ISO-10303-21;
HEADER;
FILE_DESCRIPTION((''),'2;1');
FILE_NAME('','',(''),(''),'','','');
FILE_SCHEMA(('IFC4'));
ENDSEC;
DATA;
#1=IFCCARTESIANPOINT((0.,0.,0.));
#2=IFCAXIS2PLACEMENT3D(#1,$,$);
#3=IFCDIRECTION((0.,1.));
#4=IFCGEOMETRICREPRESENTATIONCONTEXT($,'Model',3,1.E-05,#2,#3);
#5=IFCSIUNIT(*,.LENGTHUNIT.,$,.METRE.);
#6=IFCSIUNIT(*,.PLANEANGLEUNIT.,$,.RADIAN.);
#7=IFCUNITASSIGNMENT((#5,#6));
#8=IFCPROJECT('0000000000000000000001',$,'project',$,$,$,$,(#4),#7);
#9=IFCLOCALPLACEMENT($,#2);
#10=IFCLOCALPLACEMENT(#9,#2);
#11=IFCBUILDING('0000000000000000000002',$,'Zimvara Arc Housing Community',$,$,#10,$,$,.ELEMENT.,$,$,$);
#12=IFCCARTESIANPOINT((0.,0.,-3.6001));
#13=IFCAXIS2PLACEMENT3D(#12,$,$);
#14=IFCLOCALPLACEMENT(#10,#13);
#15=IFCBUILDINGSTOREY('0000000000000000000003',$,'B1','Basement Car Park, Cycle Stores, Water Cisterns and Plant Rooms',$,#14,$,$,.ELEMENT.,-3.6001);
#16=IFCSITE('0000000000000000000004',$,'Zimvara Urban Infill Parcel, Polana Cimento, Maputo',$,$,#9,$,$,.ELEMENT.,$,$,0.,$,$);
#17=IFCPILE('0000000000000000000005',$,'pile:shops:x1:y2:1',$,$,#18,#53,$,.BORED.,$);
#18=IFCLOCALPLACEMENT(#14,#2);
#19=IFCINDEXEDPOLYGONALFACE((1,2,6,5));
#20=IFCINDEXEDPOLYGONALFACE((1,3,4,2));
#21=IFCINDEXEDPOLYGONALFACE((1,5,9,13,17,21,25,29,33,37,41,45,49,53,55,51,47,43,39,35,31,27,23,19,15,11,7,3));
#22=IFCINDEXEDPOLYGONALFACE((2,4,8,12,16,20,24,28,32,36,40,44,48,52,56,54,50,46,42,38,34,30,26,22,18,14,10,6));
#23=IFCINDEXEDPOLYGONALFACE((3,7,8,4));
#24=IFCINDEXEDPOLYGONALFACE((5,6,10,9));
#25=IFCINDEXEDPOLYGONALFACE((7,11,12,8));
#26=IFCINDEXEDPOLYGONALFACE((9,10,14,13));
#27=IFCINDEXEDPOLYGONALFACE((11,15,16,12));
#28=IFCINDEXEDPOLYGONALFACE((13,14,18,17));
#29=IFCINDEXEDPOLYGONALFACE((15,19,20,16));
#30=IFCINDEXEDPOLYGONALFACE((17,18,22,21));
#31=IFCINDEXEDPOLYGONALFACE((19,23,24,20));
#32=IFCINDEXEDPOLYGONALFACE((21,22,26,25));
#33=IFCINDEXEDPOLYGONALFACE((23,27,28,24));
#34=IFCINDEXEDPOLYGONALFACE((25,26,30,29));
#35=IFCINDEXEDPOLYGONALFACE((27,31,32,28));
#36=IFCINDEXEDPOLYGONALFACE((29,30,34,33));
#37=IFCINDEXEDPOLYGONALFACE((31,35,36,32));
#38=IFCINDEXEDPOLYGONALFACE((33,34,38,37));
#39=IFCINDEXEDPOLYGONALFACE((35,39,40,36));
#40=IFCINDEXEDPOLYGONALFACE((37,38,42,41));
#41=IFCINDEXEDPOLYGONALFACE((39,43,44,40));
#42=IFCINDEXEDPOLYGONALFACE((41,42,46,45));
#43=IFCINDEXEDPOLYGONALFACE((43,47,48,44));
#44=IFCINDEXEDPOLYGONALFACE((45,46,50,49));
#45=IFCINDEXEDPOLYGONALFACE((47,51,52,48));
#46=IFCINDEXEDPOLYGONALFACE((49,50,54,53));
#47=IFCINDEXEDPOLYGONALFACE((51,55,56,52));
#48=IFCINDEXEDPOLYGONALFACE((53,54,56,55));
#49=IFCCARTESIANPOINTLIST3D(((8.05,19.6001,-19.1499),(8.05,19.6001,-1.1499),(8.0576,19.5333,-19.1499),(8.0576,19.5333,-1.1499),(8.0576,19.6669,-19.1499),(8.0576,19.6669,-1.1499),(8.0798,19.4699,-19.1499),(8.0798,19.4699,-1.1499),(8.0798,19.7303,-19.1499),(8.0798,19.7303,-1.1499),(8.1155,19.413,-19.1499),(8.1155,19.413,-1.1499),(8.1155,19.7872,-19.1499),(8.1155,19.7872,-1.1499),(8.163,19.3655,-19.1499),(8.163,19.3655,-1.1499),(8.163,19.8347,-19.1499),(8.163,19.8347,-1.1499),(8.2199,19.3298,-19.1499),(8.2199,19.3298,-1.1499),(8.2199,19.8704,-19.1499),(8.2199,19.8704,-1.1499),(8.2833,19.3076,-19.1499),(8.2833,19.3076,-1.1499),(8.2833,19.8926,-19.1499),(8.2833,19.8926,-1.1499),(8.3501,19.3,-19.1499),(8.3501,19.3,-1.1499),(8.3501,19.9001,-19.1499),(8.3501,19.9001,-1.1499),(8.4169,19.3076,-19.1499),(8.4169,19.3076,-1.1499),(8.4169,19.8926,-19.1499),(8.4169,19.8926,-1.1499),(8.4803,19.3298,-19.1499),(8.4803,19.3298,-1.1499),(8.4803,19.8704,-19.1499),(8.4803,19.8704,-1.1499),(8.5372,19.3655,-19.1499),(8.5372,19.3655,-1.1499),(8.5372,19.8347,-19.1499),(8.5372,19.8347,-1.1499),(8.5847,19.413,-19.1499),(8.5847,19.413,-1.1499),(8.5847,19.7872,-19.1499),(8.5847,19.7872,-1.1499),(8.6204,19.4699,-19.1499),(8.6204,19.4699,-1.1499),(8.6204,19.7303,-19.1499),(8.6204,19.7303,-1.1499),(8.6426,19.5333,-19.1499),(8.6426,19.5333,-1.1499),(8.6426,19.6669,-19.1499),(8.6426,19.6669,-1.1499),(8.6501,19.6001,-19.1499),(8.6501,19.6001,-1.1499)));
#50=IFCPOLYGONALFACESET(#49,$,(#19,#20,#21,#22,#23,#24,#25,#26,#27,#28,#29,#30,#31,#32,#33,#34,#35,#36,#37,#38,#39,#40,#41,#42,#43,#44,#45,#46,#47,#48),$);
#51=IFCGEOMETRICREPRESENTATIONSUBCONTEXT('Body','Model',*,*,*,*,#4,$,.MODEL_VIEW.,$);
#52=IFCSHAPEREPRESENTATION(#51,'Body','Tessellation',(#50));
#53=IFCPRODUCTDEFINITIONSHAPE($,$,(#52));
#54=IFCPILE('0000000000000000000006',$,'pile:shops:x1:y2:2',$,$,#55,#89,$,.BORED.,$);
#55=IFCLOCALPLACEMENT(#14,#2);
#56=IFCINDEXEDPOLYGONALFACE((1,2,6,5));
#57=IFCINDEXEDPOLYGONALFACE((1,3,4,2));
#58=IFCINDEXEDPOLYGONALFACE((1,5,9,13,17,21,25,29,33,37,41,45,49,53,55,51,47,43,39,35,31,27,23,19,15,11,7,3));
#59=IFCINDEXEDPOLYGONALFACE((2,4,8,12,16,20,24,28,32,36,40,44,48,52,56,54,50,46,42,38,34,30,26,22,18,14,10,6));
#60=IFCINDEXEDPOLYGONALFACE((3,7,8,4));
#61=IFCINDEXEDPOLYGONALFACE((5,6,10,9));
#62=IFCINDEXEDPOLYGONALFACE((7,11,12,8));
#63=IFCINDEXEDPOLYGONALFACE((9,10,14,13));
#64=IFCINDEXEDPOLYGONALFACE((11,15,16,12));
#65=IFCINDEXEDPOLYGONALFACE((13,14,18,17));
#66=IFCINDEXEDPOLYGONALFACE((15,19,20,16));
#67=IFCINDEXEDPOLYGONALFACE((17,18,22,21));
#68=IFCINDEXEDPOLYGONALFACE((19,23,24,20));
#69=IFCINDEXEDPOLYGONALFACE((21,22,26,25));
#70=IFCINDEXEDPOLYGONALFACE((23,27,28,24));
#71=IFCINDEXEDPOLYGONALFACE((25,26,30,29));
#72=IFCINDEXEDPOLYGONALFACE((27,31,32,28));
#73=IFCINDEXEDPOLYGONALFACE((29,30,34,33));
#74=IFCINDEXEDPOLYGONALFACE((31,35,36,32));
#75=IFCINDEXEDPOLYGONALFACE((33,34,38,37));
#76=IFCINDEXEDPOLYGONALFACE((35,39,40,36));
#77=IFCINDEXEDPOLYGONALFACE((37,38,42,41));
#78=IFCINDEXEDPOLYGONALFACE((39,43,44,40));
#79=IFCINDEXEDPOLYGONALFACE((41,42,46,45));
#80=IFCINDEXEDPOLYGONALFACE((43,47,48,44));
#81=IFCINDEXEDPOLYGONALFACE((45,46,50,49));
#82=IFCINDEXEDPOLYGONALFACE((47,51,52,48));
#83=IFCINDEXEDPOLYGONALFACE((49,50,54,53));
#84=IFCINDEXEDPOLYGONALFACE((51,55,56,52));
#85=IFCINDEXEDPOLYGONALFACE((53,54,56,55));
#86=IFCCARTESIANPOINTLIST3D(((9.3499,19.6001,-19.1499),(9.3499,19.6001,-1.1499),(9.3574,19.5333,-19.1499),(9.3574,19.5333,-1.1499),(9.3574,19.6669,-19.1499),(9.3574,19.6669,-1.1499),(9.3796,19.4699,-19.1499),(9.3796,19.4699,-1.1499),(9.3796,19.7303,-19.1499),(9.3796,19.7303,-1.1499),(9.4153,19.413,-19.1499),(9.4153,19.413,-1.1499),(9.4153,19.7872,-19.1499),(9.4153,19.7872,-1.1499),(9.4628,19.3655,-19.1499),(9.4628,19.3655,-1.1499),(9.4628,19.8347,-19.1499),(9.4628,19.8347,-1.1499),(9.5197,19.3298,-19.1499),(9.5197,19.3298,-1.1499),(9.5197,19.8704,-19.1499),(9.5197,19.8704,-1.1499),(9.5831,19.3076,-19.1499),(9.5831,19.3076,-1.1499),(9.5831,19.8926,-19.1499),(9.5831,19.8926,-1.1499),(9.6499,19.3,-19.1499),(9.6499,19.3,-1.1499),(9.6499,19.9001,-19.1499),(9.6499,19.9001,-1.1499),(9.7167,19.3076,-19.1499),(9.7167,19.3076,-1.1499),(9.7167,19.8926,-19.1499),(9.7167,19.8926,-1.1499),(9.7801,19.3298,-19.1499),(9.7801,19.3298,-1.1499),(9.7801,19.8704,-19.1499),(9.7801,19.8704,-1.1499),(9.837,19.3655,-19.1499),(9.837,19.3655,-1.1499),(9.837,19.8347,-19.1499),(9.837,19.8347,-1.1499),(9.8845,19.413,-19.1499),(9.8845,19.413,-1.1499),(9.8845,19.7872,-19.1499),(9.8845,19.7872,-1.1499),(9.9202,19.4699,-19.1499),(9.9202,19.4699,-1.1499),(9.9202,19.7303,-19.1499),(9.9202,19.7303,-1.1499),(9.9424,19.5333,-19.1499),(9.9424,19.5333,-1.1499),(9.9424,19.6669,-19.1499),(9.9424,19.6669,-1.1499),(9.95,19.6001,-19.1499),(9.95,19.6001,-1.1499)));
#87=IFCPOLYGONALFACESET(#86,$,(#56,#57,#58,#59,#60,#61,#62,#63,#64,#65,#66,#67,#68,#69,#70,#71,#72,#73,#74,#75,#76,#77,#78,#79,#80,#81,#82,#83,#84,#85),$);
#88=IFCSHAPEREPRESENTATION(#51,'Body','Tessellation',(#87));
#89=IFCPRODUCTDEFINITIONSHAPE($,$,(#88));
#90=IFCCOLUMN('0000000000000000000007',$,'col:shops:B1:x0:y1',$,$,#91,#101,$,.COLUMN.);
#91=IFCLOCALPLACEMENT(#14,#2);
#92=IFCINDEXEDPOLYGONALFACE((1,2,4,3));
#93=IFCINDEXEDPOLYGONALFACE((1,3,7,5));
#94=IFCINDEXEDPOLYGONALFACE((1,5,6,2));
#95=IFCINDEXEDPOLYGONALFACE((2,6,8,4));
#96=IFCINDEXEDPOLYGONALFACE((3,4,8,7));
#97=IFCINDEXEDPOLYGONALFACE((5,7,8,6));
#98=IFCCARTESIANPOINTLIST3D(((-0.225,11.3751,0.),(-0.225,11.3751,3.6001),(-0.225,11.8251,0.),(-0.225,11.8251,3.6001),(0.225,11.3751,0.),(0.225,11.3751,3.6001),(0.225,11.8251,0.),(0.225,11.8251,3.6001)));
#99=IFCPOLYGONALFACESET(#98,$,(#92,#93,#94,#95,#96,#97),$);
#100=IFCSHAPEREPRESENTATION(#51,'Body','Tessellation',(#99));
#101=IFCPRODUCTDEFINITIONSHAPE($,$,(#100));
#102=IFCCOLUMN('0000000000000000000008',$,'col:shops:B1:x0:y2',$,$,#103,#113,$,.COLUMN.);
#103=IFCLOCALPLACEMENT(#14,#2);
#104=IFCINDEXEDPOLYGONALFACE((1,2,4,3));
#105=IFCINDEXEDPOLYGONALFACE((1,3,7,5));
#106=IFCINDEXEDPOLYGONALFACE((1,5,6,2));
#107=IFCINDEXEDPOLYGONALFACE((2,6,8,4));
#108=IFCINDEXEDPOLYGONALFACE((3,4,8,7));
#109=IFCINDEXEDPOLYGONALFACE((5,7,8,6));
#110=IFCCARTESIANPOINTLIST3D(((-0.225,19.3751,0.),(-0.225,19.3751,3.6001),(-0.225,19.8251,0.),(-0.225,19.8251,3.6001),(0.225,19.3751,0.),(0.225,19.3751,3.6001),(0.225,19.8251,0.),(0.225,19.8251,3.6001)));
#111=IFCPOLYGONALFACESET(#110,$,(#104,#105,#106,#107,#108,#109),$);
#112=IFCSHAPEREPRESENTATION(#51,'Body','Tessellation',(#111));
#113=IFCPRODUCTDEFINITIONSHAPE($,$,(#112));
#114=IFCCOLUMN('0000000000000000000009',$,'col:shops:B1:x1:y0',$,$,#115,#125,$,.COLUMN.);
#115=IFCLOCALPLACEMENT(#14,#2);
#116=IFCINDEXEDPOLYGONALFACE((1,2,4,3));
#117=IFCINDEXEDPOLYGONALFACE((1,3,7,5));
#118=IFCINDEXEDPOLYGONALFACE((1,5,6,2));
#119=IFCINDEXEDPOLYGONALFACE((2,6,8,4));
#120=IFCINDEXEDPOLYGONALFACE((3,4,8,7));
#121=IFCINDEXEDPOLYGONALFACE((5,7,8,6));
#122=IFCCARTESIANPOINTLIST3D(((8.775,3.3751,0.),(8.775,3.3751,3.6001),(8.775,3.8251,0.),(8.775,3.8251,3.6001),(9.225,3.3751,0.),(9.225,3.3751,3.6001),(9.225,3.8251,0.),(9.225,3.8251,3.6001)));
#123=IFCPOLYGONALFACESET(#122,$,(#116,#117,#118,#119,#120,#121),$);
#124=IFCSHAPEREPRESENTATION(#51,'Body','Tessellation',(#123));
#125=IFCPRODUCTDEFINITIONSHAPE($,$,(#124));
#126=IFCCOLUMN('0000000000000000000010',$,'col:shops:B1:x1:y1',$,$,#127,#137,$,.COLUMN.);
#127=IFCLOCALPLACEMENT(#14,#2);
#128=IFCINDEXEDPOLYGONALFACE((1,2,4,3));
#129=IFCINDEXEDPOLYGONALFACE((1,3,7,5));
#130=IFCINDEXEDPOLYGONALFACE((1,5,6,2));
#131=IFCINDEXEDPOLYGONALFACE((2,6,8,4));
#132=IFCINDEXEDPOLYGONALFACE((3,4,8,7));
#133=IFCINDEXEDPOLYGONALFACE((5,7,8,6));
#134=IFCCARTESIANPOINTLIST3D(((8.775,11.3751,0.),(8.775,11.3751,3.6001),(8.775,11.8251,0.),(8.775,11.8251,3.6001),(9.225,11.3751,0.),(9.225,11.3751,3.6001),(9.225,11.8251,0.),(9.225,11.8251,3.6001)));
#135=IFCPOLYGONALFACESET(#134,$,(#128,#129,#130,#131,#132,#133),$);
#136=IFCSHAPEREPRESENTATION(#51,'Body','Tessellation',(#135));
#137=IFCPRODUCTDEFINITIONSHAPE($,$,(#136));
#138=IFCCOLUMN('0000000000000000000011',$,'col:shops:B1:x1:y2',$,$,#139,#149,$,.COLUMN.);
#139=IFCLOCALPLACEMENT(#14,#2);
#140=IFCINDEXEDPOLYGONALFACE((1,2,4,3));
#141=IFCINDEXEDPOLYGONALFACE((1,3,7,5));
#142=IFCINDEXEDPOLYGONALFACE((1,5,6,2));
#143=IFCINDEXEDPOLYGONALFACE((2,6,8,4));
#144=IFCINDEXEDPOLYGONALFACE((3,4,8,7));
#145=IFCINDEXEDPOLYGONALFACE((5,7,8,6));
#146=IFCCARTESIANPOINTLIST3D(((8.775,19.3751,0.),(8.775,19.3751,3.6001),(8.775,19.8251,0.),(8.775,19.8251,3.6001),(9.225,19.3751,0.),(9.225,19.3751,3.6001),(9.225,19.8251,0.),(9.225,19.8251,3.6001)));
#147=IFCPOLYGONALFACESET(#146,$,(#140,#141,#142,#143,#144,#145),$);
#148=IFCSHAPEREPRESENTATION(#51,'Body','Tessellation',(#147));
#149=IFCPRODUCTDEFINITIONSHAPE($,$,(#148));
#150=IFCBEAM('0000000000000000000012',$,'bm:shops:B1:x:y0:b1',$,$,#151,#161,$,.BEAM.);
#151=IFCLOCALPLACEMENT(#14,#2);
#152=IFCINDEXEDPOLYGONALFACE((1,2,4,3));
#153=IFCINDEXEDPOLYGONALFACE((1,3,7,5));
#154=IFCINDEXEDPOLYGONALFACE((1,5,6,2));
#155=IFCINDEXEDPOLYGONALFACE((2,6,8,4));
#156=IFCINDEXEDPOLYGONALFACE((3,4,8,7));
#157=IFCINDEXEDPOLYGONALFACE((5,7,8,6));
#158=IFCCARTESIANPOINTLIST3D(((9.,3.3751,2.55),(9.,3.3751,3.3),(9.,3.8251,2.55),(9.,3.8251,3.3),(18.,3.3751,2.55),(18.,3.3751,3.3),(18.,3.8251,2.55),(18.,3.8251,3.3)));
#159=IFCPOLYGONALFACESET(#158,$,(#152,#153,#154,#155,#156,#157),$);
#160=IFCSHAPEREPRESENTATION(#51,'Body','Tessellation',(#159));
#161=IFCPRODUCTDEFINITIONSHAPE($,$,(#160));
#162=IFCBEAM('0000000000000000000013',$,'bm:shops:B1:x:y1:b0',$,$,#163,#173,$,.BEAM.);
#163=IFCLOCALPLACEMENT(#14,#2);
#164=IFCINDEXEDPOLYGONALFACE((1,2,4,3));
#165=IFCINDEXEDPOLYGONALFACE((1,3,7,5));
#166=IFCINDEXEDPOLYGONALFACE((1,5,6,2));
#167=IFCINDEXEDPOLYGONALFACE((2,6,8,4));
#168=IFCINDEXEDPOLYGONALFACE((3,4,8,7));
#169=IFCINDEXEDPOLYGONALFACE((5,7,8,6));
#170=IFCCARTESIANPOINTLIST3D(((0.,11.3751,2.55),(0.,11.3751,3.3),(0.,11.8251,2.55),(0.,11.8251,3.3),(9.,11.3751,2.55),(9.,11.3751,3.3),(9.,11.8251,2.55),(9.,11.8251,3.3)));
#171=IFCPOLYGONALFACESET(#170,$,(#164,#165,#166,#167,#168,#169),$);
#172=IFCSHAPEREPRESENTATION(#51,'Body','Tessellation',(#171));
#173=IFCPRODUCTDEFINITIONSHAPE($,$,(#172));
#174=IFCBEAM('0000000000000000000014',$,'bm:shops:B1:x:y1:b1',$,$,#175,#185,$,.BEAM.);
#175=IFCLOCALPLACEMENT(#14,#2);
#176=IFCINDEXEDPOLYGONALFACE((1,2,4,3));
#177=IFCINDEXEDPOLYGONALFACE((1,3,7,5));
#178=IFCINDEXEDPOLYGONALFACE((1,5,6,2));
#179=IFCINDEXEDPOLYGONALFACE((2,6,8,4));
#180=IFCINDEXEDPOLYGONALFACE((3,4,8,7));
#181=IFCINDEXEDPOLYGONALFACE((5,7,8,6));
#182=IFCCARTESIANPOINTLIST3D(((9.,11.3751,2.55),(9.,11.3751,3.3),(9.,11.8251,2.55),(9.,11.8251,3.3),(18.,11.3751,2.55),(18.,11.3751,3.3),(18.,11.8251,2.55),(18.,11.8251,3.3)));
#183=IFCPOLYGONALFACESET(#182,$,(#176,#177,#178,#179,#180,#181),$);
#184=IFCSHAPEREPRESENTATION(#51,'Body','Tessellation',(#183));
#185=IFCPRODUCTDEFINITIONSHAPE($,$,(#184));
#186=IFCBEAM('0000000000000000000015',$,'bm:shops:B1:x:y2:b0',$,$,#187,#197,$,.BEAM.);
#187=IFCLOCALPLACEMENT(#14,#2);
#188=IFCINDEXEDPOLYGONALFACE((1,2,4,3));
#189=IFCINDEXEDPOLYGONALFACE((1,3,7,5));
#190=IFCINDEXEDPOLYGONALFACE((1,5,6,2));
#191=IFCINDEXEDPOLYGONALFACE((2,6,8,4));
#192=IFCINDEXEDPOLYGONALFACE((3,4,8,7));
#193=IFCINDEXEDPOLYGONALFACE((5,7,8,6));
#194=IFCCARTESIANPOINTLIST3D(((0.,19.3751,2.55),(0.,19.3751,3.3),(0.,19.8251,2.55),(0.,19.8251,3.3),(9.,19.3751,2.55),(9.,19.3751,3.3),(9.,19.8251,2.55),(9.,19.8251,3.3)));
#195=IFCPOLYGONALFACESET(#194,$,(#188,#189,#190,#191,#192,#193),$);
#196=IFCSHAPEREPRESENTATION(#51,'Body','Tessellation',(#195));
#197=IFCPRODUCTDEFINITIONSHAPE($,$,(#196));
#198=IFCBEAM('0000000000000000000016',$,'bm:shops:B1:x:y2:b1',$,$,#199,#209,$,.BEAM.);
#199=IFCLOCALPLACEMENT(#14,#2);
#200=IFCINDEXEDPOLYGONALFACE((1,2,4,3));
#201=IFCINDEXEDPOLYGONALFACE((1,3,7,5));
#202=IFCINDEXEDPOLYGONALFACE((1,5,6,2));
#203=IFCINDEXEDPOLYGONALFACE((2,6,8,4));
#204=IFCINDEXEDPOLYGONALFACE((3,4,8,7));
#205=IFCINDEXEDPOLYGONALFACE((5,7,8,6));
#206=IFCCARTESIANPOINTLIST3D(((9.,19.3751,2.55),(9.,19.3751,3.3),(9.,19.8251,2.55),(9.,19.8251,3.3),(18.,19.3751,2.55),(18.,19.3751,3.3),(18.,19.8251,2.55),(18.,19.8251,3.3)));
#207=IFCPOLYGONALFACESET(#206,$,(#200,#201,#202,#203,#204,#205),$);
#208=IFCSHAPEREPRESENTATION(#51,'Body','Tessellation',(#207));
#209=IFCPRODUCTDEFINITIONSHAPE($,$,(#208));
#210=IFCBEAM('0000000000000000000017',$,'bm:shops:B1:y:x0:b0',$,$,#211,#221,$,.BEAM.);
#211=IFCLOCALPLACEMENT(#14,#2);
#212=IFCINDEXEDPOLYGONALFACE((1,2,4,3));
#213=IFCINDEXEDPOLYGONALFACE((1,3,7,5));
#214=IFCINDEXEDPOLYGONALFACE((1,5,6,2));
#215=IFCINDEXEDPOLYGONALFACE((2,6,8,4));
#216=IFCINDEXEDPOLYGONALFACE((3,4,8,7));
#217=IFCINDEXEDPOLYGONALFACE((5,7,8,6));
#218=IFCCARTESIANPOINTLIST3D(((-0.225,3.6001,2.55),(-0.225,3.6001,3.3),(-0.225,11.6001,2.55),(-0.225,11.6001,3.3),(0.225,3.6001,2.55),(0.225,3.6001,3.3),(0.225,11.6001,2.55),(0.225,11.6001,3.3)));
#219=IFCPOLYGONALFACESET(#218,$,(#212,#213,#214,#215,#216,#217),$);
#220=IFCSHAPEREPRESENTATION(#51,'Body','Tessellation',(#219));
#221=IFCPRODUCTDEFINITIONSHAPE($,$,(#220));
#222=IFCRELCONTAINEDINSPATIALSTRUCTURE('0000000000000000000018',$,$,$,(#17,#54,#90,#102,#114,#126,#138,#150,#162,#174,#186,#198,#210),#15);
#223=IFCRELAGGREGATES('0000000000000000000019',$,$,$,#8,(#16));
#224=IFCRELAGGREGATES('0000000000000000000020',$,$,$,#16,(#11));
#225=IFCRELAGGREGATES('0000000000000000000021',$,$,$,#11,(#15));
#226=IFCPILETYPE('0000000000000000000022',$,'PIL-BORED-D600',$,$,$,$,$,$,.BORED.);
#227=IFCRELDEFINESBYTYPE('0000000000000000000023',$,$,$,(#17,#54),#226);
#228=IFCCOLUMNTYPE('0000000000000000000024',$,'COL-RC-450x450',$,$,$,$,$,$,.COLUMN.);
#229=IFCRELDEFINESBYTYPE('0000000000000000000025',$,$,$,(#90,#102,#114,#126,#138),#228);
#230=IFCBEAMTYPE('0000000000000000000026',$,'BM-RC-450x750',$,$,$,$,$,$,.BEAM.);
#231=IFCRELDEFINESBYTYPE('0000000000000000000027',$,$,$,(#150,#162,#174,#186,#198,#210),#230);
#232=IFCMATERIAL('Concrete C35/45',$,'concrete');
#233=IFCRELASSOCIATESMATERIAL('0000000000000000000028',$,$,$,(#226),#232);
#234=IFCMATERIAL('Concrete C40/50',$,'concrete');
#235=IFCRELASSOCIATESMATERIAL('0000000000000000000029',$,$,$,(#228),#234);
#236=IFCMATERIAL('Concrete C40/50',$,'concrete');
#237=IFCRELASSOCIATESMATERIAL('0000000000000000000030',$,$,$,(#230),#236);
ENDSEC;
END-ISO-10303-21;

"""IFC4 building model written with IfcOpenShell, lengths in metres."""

from ifc_helpers import new_model, si_unit, direction, frame, origin, origin_2d, place, context, subcontext, project, spatial, rectangle, circle, extrude, material, material_profile, profile_set, type_object, element, save


model = new_model("IFC4")

# Units and contexts
model_context = context("Model", 3, precision=1e-05, world=origin(), true_north=direction((0.0, 1.0)))
body_context = subcontext(model_context, "Body", "Model", "MODEL_VIEW")
ifc_project = project(units=[si_unit("LENGTHUNIT", "METRE"), si_unit("PLANEANGLEUNIT", "RADIAN")], contexts=[model_context])

# Site, building, storey
site_placement = place(None, origin())
site = spatial("IfcSite", under=ifc_project, at=site_placement, Name="Zimvara Urban Infill Parcel, Polana Cimento, Maputo", CompositionType="ELEMENT", RefElevation=0.0)
building_placement = place(site_placement, origin())
building = spatial("IfcBuilding", under=site, at=building_placement, Name="Zimvara Arc Housing Community", CompositionType="ELEMENT")
storey_placement = place(building_placement, frame((0.0, 0.0, -3.6001)))
storey = spatial("IfcBuildingStorey", under=building, at=storey_placement, Name="B1", Description="Basement Car Park, Cycle Stores, Water Cisterns and Plant Rooms", CompositionType="ELEMENT", Elevation=-3.6001)

# Piles
ifc_material_1 = material(Name="Concrete C35/45", Category="concrete")
ifc_material_profile_1 = material_profile(ifc_material_1, circle(Radius=0.3, at=origin_2d()), Name="PILE D600")
ifc_profile_set_1 = profile_set([ifc_material_profile_1], Name="Concrete C35/45")
pile_type = type_object("IfcPileType", Name="PIL-BORED-D600", PredefinedType="BORED", material=ifc_profile_set_1)
for number, where, z_axis, x_axis, name in (
    (1, (8.3501, 19.6001, -1.1499), (0.0, 0.0, -1.0), (1.0, 0.0, 0.0), "pile:shops:x1:y2:1"),
    (2, (9.6499, 19.6001, -1.1499), (0.0, 0.0, -1.0), (1.0, 0.0, 0.0), "pile:shops:x1:y2:2"),
):
    element("IfcPile", number, at=place(storey_placement, frame(where, z_axis=z_axis, x_axis=x_axis)), inside=storey, type_object=pile_type, Name=name, PredefinedType="BORED", context=body_context, shape_type="SweptSolid", body=[
        extrude(circle(Radius=0.3, at=origin_2d()), origin(), (0.0, 0.0, 1.0), 18.0),
    ])

# Columns
ifc_material_2 = material(Name="Concrete C40/50", Category="concrete")
ifc_material_profile_2 = material_profile(ifc_material_2, rectangle(XDim=0.45, YDim=0.45, at=origin_2d()), Name="RC 450x450")
ifc_profile_set_2 = profile_set([ifc_material_profile_2], Name="Concrete C40/50")
column_type = type_object("IfcColumnType", Name="COL-RC-450x450", PredefinedType="COLUMN", material=ifc_profile_set_2)
for number, where, z_axis, x_axis, name in (
    (3, (0.0, 11.6001, 0.0), (0.0, 0.0, 1.0), (1.0, 0.0, 0.0), "col:shops:B1:x0:y1"),
    (4, (0.0, 19.6001, 0.0), (0.0, 0.0, 1.0), (1.0, 0.0, 0.0), "col:shops:B1:x0:y2"),
    (5, (9.0, 3.6001, 0.0), (0.0, 0.0, 1.0), (1.0, 0.0, 0.0), "col:shops:B1:x1:y0"),
    (6, (9.0, 11.6001, 0.0), (0.0, 0.0, 1.0), (1.0, 0.0, 0.0), "col:shops:B1:x1:y1"),
    (7, (9.0, 19.6001, 0.0), (0.0, 0.0, 1.0), (1.0, 0.0, 0.0), "col:shops:B1:x1:y2"),
):
    element("IfcColumn", number, at=place(storey_placement, frame(where, z_axis=z_axis, x_axis=x_axis)), inside=storey, type_object=column_type, Name=name, PredefinedType="COLUMN", context=body_context, shape_type="SweptSolid", body=[
        extrude(rectangle(XDim=0.45, YDim=0.45, at=origin_2d()), origin(), (0.0, 0.0, 1.0), 3.6001),
    ])

# Beams
ifc_material_3 = material(Name="Concrete C40/50", Category="concrete")
ifc_material_profile_3 = material_profile(ifc_material_3, rectangle(XDim=0.45, YDim=0.75, at=origin_2d()), Name="RC 450x750")
ifc_profile_set_3 = profile_set([ifc_material_profile_3], Name="Concrete C40/50")
beam_type = type_object("IfcBeamType", Name="BM-RC-450x750", PredefinedType="BEAM", material=ifc_profile_set_3)
for number, where, z_axis, x_axis, name in (
    (8, (9.0, 3.6001, 2.925), (1.0, 0.0, 0.0), (0.0, 1.0, 0.0), "bm:shops:B1:x:y0:b1"),
    (9, (0.0, 11.6001, 2.925), (1.0, 0.0, 0.0), (0.0, 1.0, 0.0), "bm:shops:B1:x:y1:b0"),
    (10, (9.0, 11.6001, 2.925), (1.0, 0.0, 0.0), (0.0, 1.0, 0.0), "bm:shops:B1:x:y1:b1"),
    (11, (0.0, 19.6001, 2.925), (1.0, 0.0, 0.0), (0.0, 1.0, 0.0), "bm:shops:B1:x:y2:b0"),
    (12, (9.0, 19.6001, 2.925), (1.0, 0.0, 0.0), (0.0, 1.0, 0.0), "bm:shops:B1:x:y2:b1"),
):
    element("IfcBeam", number, at=place(storey_placement, frame(where, z_axis=z_axis, x_axis=x_axis)), inside=storey, type_object=beam_type, Name=name, PredefinedType="BEAM", context=body_context, shape_type="SweptSolid", body=[
        extrude(rectangle(XDim=0.45, YDim=0.75, at=origin_2d()), origin(), (0.0, 0.0, 1.0), 9.0),
    ])
for number, where, z_axis, x_axis, name in (
    (13, (0.0, 3.6001, 2.925), (0.0, 1.0, 0.0), (-1.0, 0.0, 0.0), "bm:shops:B1:y:x0:b0"),
):
    element("IfcBeam", number, at=place(storey_placement, frame(where, z_axis=z_axis, x_axis=x_axis)), inside=storey, type_object=beam_type, Name=name, PredefinedType="BEAM", context=body_context, shape_type="SweptSolid", body=[
        extrude(rectangle(XDim=0.45, YDim=0.75, at=origin_2d()), origin(), (0.0, 0.0, 1.0), 8.0),
    ])

save(model, "model.ifc")
